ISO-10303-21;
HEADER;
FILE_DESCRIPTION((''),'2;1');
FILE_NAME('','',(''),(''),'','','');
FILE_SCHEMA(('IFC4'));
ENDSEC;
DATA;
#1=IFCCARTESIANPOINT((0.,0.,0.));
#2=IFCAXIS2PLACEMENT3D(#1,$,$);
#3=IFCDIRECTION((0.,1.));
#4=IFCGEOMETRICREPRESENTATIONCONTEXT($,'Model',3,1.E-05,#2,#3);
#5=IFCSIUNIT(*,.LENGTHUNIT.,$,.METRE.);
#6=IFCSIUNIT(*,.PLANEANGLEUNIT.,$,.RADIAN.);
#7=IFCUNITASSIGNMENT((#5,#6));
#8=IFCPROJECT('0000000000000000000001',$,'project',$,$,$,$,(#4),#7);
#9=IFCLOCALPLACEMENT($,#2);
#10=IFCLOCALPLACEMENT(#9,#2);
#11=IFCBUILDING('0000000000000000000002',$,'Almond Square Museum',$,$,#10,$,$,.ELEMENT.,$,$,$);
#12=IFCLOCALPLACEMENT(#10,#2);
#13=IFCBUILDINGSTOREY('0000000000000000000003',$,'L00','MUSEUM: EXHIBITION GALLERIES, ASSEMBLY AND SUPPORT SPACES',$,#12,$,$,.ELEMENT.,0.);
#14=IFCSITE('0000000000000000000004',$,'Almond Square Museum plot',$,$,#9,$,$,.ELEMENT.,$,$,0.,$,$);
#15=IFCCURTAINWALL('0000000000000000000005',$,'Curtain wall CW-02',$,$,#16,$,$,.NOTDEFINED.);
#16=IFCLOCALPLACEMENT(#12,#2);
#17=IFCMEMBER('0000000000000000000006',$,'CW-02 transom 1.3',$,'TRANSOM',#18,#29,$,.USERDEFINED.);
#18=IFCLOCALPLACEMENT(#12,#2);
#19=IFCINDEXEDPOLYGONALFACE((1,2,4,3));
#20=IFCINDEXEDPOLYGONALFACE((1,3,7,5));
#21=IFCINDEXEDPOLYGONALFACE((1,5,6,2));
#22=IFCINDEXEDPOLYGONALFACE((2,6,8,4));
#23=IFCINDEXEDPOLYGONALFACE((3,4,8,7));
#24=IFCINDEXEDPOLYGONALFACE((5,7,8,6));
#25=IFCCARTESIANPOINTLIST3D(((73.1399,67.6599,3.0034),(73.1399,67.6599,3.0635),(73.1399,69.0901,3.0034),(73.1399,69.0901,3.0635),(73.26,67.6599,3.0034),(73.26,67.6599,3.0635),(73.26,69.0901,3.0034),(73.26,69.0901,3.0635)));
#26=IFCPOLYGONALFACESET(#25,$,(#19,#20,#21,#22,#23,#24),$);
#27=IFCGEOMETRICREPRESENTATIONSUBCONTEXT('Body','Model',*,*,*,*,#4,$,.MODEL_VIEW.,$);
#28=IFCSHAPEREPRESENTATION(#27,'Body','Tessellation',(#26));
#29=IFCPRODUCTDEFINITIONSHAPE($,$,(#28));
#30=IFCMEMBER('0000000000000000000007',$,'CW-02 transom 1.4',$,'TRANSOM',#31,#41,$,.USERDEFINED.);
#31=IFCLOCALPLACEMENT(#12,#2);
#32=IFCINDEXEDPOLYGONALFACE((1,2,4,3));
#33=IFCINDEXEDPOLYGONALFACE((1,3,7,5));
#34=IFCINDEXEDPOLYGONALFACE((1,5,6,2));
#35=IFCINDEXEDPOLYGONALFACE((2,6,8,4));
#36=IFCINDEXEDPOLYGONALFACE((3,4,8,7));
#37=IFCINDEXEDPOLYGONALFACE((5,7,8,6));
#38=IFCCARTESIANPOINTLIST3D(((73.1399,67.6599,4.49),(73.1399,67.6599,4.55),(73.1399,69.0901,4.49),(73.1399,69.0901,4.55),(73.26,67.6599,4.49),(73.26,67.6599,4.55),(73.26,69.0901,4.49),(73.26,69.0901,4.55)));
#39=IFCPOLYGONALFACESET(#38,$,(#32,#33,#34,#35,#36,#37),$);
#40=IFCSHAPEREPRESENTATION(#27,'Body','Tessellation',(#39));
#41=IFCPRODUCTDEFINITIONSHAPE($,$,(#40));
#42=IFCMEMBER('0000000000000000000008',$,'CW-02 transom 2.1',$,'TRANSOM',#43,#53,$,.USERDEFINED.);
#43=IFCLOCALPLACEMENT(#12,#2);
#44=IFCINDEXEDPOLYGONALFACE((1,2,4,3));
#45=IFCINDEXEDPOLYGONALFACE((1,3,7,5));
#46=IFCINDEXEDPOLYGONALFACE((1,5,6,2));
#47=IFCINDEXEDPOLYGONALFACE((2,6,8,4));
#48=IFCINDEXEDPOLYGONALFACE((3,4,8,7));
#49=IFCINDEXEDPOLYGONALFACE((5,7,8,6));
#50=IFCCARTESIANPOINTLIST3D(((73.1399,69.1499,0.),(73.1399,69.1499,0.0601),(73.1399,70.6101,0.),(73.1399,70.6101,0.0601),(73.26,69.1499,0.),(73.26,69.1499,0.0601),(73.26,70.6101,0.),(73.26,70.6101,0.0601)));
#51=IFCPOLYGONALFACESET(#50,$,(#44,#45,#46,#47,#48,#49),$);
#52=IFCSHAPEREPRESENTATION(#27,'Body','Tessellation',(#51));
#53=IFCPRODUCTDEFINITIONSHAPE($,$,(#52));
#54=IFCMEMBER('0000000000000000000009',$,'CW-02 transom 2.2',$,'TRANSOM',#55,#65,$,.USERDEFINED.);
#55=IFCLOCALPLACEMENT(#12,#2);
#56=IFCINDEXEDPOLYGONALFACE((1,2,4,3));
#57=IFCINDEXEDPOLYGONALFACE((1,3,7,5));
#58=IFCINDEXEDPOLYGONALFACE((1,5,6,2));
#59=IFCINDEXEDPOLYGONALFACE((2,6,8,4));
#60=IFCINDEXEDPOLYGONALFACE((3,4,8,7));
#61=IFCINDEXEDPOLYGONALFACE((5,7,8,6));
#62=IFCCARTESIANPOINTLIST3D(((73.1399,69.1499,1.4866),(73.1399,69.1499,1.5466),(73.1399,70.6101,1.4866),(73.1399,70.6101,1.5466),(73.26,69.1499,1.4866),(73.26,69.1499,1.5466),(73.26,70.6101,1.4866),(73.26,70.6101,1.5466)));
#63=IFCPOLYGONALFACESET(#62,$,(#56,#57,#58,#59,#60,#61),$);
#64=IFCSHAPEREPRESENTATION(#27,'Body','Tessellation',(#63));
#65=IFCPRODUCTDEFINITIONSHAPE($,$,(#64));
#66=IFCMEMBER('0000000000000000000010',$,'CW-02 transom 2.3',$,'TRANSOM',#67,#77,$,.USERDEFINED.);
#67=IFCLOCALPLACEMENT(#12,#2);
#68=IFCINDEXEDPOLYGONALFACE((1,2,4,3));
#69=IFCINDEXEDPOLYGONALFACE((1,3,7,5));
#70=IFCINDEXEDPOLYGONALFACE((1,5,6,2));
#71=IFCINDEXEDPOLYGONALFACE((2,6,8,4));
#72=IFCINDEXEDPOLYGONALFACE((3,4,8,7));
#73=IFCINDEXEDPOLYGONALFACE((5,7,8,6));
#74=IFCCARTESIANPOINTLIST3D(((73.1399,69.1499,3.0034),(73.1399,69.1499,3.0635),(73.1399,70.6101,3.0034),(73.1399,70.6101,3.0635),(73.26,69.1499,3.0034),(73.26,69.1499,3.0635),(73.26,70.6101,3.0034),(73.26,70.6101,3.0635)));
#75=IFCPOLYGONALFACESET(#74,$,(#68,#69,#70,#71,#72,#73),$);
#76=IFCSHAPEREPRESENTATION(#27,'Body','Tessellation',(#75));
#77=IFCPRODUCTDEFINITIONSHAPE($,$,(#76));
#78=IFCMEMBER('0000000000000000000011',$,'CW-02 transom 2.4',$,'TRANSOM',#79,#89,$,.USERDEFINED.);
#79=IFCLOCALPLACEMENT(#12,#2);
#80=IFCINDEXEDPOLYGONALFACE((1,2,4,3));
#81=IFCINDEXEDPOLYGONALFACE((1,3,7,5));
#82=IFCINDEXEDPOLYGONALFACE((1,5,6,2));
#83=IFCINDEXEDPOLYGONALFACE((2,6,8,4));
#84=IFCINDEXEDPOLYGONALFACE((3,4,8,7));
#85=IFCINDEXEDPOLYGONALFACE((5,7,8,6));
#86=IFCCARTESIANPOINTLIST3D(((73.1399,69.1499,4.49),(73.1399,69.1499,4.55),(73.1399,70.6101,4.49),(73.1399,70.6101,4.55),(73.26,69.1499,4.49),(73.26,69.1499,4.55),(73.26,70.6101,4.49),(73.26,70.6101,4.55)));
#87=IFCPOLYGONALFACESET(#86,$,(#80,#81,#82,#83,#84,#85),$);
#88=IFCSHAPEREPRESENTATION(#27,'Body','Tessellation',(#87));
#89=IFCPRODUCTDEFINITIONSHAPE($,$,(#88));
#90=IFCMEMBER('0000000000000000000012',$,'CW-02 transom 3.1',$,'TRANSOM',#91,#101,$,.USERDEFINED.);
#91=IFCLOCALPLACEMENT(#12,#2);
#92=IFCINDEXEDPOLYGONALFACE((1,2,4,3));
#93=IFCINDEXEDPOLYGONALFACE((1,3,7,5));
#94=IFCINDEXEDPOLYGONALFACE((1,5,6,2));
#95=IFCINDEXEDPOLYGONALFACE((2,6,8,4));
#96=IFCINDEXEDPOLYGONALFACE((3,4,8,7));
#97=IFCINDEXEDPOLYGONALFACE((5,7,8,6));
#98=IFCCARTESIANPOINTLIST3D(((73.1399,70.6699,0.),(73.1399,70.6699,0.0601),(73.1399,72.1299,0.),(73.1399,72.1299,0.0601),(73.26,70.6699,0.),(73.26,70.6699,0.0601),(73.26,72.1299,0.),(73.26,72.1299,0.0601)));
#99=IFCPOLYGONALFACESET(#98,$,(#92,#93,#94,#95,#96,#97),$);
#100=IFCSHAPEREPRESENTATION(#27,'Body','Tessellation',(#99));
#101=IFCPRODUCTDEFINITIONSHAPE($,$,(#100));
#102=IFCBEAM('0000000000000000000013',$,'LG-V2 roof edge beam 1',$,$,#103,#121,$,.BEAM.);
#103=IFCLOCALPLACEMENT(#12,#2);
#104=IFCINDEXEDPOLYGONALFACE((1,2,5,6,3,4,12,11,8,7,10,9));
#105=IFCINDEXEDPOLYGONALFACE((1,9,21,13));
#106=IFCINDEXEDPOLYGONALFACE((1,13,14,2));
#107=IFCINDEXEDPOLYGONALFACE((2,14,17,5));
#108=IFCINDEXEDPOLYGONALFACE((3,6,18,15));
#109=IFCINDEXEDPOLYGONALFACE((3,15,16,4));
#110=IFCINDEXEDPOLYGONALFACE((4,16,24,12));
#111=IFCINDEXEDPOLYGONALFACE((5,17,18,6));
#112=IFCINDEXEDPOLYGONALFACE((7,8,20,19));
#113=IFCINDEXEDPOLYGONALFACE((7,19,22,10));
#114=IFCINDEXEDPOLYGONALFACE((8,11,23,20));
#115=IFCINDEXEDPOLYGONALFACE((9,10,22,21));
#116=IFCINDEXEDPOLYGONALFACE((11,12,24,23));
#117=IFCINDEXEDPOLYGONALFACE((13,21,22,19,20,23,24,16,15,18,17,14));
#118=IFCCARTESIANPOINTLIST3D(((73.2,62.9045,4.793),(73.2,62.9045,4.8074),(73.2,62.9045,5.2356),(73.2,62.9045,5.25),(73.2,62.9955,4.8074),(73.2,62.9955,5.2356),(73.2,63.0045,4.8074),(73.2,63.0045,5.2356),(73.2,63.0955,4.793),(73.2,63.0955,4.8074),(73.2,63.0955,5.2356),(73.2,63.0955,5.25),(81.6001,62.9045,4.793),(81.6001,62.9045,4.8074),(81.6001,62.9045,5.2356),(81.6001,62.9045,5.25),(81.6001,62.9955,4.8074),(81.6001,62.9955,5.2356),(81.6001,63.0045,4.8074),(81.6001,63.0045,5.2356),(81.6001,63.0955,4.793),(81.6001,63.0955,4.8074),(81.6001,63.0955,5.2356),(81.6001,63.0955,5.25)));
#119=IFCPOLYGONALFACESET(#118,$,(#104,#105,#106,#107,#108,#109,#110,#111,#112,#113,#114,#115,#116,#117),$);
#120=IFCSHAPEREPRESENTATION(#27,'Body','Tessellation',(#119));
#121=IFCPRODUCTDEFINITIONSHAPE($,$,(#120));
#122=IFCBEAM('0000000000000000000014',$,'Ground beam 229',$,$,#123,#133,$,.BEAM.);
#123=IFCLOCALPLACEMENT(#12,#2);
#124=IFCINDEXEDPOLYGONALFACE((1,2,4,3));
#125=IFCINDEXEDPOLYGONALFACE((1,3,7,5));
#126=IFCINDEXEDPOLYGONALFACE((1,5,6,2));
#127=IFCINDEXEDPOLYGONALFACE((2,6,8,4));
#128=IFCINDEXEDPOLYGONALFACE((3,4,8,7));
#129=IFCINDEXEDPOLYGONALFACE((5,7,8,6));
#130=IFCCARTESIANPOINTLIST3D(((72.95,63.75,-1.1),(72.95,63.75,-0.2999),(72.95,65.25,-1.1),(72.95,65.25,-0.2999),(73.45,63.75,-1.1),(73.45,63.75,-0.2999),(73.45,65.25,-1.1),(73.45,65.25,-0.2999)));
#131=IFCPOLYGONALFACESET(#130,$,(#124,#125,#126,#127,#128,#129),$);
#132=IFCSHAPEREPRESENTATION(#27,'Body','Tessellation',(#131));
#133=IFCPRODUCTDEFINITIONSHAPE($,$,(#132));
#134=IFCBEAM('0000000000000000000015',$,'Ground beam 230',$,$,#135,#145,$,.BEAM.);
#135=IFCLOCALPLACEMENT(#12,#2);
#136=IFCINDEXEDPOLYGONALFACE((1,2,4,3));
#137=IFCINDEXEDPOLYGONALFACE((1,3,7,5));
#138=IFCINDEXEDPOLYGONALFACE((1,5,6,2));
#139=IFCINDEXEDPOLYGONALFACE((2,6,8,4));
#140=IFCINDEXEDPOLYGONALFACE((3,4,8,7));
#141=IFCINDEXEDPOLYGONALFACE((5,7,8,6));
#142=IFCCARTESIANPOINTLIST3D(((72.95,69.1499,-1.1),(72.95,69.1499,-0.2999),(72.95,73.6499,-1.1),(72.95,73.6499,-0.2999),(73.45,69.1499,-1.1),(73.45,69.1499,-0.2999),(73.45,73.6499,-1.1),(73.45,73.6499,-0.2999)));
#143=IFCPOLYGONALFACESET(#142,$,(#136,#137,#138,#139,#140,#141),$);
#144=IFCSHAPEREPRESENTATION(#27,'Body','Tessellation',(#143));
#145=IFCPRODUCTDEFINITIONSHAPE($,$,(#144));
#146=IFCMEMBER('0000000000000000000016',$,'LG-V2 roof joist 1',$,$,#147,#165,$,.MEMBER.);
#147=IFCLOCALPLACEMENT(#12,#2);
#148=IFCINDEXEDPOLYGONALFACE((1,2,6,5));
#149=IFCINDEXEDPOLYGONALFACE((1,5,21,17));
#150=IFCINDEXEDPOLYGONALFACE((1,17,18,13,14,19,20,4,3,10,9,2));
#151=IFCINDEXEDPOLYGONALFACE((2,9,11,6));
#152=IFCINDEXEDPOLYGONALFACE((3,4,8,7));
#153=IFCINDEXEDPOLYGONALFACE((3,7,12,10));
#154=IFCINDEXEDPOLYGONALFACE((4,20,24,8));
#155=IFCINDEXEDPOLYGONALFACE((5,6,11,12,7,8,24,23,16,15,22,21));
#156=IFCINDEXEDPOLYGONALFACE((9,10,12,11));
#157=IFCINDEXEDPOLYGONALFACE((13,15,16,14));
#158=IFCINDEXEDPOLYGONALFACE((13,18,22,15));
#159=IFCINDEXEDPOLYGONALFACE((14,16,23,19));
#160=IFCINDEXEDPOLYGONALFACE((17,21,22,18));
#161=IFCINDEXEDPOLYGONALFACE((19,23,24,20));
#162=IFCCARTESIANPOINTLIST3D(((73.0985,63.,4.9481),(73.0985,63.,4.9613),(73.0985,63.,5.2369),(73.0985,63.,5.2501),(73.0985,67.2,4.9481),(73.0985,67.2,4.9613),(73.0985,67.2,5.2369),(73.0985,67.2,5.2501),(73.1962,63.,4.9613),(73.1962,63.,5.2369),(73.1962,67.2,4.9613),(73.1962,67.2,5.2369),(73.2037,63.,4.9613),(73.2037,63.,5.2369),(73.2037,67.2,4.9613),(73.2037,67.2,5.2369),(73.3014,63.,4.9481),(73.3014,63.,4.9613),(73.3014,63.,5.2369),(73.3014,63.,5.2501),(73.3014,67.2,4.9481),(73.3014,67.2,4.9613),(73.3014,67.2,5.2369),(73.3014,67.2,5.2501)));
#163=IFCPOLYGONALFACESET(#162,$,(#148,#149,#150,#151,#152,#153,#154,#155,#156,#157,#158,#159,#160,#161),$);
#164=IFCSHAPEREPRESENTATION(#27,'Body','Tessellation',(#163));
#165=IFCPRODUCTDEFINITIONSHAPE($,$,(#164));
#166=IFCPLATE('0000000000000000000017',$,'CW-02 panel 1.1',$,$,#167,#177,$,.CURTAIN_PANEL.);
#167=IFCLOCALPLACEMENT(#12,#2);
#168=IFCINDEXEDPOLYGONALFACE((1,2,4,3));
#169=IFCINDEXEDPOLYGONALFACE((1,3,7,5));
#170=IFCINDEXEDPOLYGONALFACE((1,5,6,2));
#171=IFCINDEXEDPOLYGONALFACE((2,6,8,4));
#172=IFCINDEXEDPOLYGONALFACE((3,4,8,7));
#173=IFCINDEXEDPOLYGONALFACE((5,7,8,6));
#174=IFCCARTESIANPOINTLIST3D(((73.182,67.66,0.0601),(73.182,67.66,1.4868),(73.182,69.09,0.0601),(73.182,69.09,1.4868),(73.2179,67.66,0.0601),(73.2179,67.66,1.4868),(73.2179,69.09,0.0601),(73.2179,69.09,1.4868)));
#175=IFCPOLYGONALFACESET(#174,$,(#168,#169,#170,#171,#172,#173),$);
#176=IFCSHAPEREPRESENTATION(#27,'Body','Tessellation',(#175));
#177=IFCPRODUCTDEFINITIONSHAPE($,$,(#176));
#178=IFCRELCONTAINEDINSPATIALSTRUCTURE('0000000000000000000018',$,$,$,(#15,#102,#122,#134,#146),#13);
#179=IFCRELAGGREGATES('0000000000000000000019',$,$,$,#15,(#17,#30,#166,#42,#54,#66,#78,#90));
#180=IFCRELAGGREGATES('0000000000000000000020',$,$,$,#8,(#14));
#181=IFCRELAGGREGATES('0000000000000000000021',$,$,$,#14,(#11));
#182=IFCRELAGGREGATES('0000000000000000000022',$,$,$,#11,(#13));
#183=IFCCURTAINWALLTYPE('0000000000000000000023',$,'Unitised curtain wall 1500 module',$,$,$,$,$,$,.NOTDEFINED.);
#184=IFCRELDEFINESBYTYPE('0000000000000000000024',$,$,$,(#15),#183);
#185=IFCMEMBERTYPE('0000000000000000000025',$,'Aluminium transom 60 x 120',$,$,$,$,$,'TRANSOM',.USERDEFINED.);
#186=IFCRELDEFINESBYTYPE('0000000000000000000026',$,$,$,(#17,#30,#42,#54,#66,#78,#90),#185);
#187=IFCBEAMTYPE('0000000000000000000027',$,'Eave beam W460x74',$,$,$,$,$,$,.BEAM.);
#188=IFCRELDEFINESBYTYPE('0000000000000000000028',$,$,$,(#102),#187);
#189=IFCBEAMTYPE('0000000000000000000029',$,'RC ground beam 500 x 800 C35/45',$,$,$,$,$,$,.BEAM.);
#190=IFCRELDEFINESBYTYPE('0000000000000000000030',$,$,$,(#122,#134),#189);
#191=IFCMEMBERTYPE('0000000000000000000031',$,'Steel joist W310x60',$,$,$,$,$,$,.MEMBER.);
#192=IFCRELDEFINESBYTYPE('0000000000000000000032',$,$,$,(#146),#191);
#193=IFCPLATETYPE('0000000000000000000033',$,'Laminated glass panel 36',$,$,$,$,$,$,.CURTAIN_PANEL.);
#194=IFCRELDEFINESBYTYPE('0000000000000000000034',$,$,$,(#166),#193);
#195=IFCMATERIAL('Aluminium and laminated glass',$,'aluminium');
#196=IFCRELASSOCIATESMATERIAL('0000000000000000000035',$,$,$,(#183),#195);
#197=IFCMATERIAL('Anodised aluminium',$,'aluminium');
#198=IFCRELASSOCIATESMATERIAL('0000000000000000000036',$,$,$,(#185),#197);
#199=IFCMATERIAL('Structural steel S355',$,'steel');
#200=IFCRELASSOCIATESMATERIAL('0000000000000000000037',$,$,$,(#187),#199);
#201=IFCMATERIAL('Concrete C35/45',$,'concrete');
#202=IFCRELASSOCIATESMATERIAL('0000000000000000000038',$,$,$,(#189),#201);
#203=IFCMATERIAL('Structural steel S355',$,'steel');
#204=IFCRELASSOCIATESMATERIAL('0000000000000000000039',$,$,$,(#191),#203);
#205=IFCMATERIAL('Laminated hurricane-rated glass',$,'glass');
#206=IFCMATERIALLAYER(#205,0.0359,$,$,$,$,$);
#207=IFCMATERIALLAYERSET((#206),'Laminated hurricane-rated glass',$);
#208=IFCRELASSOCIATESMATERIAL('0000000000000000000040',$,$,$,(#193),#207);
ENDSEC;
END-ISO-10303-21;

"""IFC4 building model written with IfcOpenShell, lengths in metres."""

from ifc_helpers import new_model, si_unit, direction, frame, origin, origin_2d, place, context, subcontext, project, spatial, rectangle, i_section, extrude, material, layer, layer_set, material_profile, profile_set, type_object, element, aggregate, save


model = new_model("IFC4")

# Units and contexts
model_context = context("Model", 3, precision=1e-05, world=origin(), true_north=direction((0.0, 1.0)))
body_context = subcontext(model_context, "Body", "Model", "MODEL_VIEW")
ifc_project = project(units=[si_unit("LENGTHUNIT", "METRE"), si_unit("PLANEANGLEUNIT", "RADIAN")], contexts=[model_context])

# Site, building, storey
site_placement = place(None, origin())
site = spatial("IfcSite", under=ifc_project, at=site_placement, Name="Almond Square Museum plot", CompositionType="ELEMENT", RefElevation=0.0)
building_placement = place(site_placement, origin())
building = spatial("IfcBuilding", under=site, at=building_placement, Name="Almond Square Museum", CompositionType="ELEMENT")
storey_placement = place(building_placement, origin())
storey = spatial("IfcBuildingStorey", under=building, at=storey_placement, Name="L00", Description="MUSEUM: EXHIBITION GALLERIES, ASSEMBLY AND SUPPORT SPACES", CompositionType="ELEMENT", Elevation=0.0)

# Curtain wall, members
ifc_material_1 = material(Name="Aluminium and laminated glass", Category="aluminium")
curtain_wall_type = type_object("IfcCurtainWallType", Name="Unitised curtain wall 1500 module", PredefinedType="NOTDEFINED", material=ifc_material_1)
curtain_wall_placement = place(storey_placement, origin())
curtain_wall = element("IfcCurtainWall", 1, at=curtain_wall_placement, inside=storey, type_object=curtain_wall_type, Name="Curtain wall CW-02", PredefinedType="NOTDEFINED")
ifc_material_2 = material(Name="Anodised aluminium", Category="aluminium")
ifc_material_profile_1 = material_profile(ifc_material_2, rectangle(XDim=0.1201, YDim=0.0601, at=origin_2d()))
ifc_profile_set_1 = profile_set([ifc_material_profile_1], Name="Anodised aluminium")
member_type_1 = type_object("IfcMemberType", Name="Aluminium transom 60 x 120", ElementType="TRANSOM", PredefinedType="USERDEFINED", material=ifc_profile_set_1)
member_1_placement = place(storey_placement, frame((73.2, 67.6599, 3.0334), z_axis=(0.0, 1.0, 0.0), x_axis=(-1.0, 0.0, 0.0)))
member_1 = element("IfcMember", 2, at=member_1_placement, type_object=member_type_1, Name="CW-02 transom 1.3", ObjectType="TRANSOM", PredefinedType="USERDEFINED", context=body_context, shape_type="SweptSolid", body=[
    extrude(rectangle(XDim=0.1201, YDim=0.0601, at=origin_2d()), origin(), (0.0, 0.0, 1.0), 1.4302),
])
member_2_placement = place(storey_placement, frame((73.2, 67.6599, 4.52), z_axis=(0.0, 1.0, 0.0), x_axis=(-1.0, 0.0, 0.0)))
member_2 = element("IfcMember", 3, at=member_2_placement, type_object=member_type_1, Name="CW-02 transom 1.4", ObjectType="TRANSOM", PredefinedType="USERDEFINED", context=body_context, shape_type="SweptSolid", body=[
    extrude(rectangle(XDim=0.1201, YDim=0.0601, at=origin_2d()), origin(), (0.0, 0.0, 1.0), 1.4302),
])
member_3_placement = place(storey_placement, frame((73.2, 69.1499, 0.03), z_axis=(0.0, 1.0, 0.0), x_axis=(-1.0, 0.0, 0.0)))
member_3 = element("IfcMember", 4, at=member_3_placement, type_object=member_type_1, Name="CW-02 transom 2.1", ObjectType="TRANSOM", PredefinedType="USERDEFINED", context=body_context, shape_type="SweptSolid", body=[
    extrude(rectangle(XDim=0.1201, YDim=0.0601, at=origin_2d()), origin(), (0.0, 0.0, 1.0), 1.4602),
])
member_4_placement = place(storey_placement, frame((73.2, 69.1499, 1.5166), z_axis=(0.0, 1.0, 0.0), x_axis=(-1.0, 0.0, 0.0)))
member_4 = element("IfcMember", 5, at=member_4_placement, type_object=member_type_1, Name="CW-02 transom 2.2", ObjectType="TRANSOM", PredefinedType="USERDEFINED", context=body_context, shape_type="SweptSolid", body=[
    extrude(rectangle(XDim=0.1201, YDim=0.0601, at=origin_2d()), origin(), (0.0, 0.0, 1.0), 1.4602),
])
member_5_placement = place(storey_placement, frame((73.2, 69.1499, 3.0334), z_axis=(0.0, 1.0, 0.0), x_axis=(-1.0, 0.0, 0.0)))
member_5 = element("IfcMember", 6, at=member_5_placement, type_object=member_type_1, Name="CW-02 transom 2.3", ObjectType="TRANSOM", PredefinedType="USERDEFINED", context=body_context, shape_type="SweptSolid", body=[
    extrude(rectangle(XDim=0.1201, YDim=0.0601, at=origin_2d()), origin(), (0.0, 0.0, 1.0), 1.4602),
])
member_6_placement = place(storey_placement, frame((73.2, 69.1499, 4.52), z_axis=(0.0, 1.0, 0.0), x_axis=(-1.0, 0.0, 0.0)))
member_6 = element("IfcMember", 7, at=member_6_placement, type_object=member_type_1, Name="CW-02 transom 2.4", ObjectType="TRANSOM", PredefinedType="USERDEFINED", context=body_context, shape_type="SweptSolid", body=[
    extrude(rectangle(XDim=0.1201, YDim=0.0601, at=origin_2d()), origin(), (0.0, 0.0, 1.0), 1.4602),
])
member_7_placement = place(storey_placement, frame((73.2, 70.6699, 0.03), z_axis=(0.0, 1.0, 0.0), x_axis=(-1.0, 0.0, 0.0)))
member_7 = element("IfcMember", 8, at=member_7_placement, type_object=member_type_1, Name="CW-02 transom 3.1", ObjectType="TRANSOM", PredefinedType="USERDEFINED", context=body_context, shape_type="SweptSolid", body=[
    extrude(rectangle(XDim=0.1201, YDim=0.0601, at=origin_2d()), origin(), (0.0, 0.0, 1.0), 1.46),
])

# Beams
ifc_material_3 = material(Name="Structural steel S355", Category="steel")
ifc_material_profile_2 = material_profile(ifc_material_3, i_section(OverallWidth=0.1909, OverallDepth=0.457, WebThickness=0.009, FlangeThickness=0.0144, at=origin_2d()))
ifc_profile_set_2 = profile_set([ifc_material_profile_2], Name="Structural steel S355")
beam_type_1 = type_object("IfcBeamType", Name="Eave beam W460x74", PredefinedType="BEAM", material=ifc_profile_set_2)
beam_1_placement = place(storey_placement, frame((73.2, 63.0, 5.0215), z_axis=(1.0, 0.0, 0.0), x_axis=(0.0, 1.0, 0.0)))
element("IfcBeam", 9, at=beam_1_placement, inside=storey, type_object=beam_type_1, Name="LG-V2 roof edge beam 1", PredefinedType="BEAM", context=body_context, shape_type="SweptSolid", body=[
    extrude(i_section(OverallWidth=0.1909, OverallDepth=0.457, WebThickness=0.009, FlangeThickness=0.0144, at=origin_2d()), origin(), (0.0, 0.0, 1.0), 8.4001),
])
ifc_material_4 = material(Name="Concrete C35/45", Category="concrete")
ifc_material_profile_3 = material_profile(ifc_material_4, rectangle(XDim=0.5, YDim=0.8, at=origin_2d()))
ifc_profile_set_3 = profile_set([ifc_material_profile_3], Name="Concrete C35/45")
beam_type_2 = type_object("IfcBeamType", Name="RC ground beam 500 x 800 C35/45", PredefinedType="BEAM", material=ifc_profile_set_3)
beam_2_placement = place(storey_placement, frame((73.2, 63.75, -0.7), z_axis=(0.0, 1.0, 0.0), x_axis=(-1.0, 0.0, 0.0)))
element("IfcBeam", 10, at=beam_2_placement, inside=storey, type_object=beam_type_2, Name="Ground beam 229", PredefinedType="BEAM", context=body_context, shape_type="SweptSolid", body=[
    extrude(rectangle(XDim=0.5, YDim=0.8, at=origin_2d()), origin(), (0.0, 0.0, 1.0), 1.5),
])
beam_3_placement = place(storey_placement, frame((73.2, 69.1499, -0.7), z_axis=(0.0, 1.0, 0.0), x_axis=(-1.0, 0.0, 0.0)))
element("IfcBeam", 11, at=beam_3_placement, inside=storey, type_object=beam_type_2, Name="Ground beam 230", PredefinedType="BEAM", context=body_context, shape_type="SweptSolid", body=[
    extrude(rectangle(XDim=0.5, YDim=0.8, at=origin_2d()), origin(), (0.0, 0.0, 1.0), 4.5),
])

# Member
ifc_material_5 = material(Name="Structural steel S355", Category="steel")
ifc_material_profile_4 = material_profile(ifc_material_5, i_section(OverallWidth=0.2029, OverallDepth=0.302, WebThickness=0.0076, FlangeThickness=0.0132, at=origin_2d()))
ifc_profile_set_4 = profile_set([ifc_material_profile_4], Name="Structural steel S355")
member_type_2 = type_object("IfcMemberType", Name="Steel joist W310x60", PredefinedType="MEMBER", material=ifc_profile_set_4)
member_8_placement = place(storey_placement, frame((73.2, 67.2, 5.0991), z_axis=(0.0, -1.0, 0.0), x_axis=(1.0, 0.0, 0.0)))
element("IfcMember", 12, at=member_8_placement, inside=storey, type_object=member_type_2, Name="LG-V2 roof joist 1", PredefinedType="MEMBER", context=body_context, shape_type="SweptSolid", body=[
    extrude(i_section(OverallWidth=0.2029, OverallDepth=0.302, WebThickness=0.0076, FlangeThickness=0.0132, at=origin_2d()), origin(), (0.0, 0.0, 1.0), 4.2),
])

# Plate
ifc_material_6 = material(Name="Laminated hurricane-rated glass", Category="glass")
ifc_layer = layer(ifc_material_6, 0.0359)
ifc_layer_set = layer_set([ifc_layer], Name="Laminated hurricane-rated glass")
plate_type = type_object("IfcPlateType", Name="Laminated glass panel 36", PredefinedType="CURTAIN_PANEL", material=ifc_layer_set)
plate_1_placement = place(storey_placement, frame((73.2, 68.375, 0.0601), z_axis=(0.0, 0.0, 1.0), x_axis=(0.0, 1.0, 0.0)))
plate_1 = element("IfcPlate", 13, at=plate_1_placement, type_object=plate_type, Name="CW-02 panel 1.1", PredefinedType="CURTAIN_PANEL", context=body_context, shape_type="SweptSolid", body=[
    extrude(rectangle(XDim=1.4299, YDim=0.0359, at=origin_2d()), origin(), (0.0, 0.0, 1.0), 1.4268),
])
aggregate(curtain_wall, [member_1, member_2, plate_1, member_3, member_4, member_5, member_6, member_7])

save(model, "model.ifc")
